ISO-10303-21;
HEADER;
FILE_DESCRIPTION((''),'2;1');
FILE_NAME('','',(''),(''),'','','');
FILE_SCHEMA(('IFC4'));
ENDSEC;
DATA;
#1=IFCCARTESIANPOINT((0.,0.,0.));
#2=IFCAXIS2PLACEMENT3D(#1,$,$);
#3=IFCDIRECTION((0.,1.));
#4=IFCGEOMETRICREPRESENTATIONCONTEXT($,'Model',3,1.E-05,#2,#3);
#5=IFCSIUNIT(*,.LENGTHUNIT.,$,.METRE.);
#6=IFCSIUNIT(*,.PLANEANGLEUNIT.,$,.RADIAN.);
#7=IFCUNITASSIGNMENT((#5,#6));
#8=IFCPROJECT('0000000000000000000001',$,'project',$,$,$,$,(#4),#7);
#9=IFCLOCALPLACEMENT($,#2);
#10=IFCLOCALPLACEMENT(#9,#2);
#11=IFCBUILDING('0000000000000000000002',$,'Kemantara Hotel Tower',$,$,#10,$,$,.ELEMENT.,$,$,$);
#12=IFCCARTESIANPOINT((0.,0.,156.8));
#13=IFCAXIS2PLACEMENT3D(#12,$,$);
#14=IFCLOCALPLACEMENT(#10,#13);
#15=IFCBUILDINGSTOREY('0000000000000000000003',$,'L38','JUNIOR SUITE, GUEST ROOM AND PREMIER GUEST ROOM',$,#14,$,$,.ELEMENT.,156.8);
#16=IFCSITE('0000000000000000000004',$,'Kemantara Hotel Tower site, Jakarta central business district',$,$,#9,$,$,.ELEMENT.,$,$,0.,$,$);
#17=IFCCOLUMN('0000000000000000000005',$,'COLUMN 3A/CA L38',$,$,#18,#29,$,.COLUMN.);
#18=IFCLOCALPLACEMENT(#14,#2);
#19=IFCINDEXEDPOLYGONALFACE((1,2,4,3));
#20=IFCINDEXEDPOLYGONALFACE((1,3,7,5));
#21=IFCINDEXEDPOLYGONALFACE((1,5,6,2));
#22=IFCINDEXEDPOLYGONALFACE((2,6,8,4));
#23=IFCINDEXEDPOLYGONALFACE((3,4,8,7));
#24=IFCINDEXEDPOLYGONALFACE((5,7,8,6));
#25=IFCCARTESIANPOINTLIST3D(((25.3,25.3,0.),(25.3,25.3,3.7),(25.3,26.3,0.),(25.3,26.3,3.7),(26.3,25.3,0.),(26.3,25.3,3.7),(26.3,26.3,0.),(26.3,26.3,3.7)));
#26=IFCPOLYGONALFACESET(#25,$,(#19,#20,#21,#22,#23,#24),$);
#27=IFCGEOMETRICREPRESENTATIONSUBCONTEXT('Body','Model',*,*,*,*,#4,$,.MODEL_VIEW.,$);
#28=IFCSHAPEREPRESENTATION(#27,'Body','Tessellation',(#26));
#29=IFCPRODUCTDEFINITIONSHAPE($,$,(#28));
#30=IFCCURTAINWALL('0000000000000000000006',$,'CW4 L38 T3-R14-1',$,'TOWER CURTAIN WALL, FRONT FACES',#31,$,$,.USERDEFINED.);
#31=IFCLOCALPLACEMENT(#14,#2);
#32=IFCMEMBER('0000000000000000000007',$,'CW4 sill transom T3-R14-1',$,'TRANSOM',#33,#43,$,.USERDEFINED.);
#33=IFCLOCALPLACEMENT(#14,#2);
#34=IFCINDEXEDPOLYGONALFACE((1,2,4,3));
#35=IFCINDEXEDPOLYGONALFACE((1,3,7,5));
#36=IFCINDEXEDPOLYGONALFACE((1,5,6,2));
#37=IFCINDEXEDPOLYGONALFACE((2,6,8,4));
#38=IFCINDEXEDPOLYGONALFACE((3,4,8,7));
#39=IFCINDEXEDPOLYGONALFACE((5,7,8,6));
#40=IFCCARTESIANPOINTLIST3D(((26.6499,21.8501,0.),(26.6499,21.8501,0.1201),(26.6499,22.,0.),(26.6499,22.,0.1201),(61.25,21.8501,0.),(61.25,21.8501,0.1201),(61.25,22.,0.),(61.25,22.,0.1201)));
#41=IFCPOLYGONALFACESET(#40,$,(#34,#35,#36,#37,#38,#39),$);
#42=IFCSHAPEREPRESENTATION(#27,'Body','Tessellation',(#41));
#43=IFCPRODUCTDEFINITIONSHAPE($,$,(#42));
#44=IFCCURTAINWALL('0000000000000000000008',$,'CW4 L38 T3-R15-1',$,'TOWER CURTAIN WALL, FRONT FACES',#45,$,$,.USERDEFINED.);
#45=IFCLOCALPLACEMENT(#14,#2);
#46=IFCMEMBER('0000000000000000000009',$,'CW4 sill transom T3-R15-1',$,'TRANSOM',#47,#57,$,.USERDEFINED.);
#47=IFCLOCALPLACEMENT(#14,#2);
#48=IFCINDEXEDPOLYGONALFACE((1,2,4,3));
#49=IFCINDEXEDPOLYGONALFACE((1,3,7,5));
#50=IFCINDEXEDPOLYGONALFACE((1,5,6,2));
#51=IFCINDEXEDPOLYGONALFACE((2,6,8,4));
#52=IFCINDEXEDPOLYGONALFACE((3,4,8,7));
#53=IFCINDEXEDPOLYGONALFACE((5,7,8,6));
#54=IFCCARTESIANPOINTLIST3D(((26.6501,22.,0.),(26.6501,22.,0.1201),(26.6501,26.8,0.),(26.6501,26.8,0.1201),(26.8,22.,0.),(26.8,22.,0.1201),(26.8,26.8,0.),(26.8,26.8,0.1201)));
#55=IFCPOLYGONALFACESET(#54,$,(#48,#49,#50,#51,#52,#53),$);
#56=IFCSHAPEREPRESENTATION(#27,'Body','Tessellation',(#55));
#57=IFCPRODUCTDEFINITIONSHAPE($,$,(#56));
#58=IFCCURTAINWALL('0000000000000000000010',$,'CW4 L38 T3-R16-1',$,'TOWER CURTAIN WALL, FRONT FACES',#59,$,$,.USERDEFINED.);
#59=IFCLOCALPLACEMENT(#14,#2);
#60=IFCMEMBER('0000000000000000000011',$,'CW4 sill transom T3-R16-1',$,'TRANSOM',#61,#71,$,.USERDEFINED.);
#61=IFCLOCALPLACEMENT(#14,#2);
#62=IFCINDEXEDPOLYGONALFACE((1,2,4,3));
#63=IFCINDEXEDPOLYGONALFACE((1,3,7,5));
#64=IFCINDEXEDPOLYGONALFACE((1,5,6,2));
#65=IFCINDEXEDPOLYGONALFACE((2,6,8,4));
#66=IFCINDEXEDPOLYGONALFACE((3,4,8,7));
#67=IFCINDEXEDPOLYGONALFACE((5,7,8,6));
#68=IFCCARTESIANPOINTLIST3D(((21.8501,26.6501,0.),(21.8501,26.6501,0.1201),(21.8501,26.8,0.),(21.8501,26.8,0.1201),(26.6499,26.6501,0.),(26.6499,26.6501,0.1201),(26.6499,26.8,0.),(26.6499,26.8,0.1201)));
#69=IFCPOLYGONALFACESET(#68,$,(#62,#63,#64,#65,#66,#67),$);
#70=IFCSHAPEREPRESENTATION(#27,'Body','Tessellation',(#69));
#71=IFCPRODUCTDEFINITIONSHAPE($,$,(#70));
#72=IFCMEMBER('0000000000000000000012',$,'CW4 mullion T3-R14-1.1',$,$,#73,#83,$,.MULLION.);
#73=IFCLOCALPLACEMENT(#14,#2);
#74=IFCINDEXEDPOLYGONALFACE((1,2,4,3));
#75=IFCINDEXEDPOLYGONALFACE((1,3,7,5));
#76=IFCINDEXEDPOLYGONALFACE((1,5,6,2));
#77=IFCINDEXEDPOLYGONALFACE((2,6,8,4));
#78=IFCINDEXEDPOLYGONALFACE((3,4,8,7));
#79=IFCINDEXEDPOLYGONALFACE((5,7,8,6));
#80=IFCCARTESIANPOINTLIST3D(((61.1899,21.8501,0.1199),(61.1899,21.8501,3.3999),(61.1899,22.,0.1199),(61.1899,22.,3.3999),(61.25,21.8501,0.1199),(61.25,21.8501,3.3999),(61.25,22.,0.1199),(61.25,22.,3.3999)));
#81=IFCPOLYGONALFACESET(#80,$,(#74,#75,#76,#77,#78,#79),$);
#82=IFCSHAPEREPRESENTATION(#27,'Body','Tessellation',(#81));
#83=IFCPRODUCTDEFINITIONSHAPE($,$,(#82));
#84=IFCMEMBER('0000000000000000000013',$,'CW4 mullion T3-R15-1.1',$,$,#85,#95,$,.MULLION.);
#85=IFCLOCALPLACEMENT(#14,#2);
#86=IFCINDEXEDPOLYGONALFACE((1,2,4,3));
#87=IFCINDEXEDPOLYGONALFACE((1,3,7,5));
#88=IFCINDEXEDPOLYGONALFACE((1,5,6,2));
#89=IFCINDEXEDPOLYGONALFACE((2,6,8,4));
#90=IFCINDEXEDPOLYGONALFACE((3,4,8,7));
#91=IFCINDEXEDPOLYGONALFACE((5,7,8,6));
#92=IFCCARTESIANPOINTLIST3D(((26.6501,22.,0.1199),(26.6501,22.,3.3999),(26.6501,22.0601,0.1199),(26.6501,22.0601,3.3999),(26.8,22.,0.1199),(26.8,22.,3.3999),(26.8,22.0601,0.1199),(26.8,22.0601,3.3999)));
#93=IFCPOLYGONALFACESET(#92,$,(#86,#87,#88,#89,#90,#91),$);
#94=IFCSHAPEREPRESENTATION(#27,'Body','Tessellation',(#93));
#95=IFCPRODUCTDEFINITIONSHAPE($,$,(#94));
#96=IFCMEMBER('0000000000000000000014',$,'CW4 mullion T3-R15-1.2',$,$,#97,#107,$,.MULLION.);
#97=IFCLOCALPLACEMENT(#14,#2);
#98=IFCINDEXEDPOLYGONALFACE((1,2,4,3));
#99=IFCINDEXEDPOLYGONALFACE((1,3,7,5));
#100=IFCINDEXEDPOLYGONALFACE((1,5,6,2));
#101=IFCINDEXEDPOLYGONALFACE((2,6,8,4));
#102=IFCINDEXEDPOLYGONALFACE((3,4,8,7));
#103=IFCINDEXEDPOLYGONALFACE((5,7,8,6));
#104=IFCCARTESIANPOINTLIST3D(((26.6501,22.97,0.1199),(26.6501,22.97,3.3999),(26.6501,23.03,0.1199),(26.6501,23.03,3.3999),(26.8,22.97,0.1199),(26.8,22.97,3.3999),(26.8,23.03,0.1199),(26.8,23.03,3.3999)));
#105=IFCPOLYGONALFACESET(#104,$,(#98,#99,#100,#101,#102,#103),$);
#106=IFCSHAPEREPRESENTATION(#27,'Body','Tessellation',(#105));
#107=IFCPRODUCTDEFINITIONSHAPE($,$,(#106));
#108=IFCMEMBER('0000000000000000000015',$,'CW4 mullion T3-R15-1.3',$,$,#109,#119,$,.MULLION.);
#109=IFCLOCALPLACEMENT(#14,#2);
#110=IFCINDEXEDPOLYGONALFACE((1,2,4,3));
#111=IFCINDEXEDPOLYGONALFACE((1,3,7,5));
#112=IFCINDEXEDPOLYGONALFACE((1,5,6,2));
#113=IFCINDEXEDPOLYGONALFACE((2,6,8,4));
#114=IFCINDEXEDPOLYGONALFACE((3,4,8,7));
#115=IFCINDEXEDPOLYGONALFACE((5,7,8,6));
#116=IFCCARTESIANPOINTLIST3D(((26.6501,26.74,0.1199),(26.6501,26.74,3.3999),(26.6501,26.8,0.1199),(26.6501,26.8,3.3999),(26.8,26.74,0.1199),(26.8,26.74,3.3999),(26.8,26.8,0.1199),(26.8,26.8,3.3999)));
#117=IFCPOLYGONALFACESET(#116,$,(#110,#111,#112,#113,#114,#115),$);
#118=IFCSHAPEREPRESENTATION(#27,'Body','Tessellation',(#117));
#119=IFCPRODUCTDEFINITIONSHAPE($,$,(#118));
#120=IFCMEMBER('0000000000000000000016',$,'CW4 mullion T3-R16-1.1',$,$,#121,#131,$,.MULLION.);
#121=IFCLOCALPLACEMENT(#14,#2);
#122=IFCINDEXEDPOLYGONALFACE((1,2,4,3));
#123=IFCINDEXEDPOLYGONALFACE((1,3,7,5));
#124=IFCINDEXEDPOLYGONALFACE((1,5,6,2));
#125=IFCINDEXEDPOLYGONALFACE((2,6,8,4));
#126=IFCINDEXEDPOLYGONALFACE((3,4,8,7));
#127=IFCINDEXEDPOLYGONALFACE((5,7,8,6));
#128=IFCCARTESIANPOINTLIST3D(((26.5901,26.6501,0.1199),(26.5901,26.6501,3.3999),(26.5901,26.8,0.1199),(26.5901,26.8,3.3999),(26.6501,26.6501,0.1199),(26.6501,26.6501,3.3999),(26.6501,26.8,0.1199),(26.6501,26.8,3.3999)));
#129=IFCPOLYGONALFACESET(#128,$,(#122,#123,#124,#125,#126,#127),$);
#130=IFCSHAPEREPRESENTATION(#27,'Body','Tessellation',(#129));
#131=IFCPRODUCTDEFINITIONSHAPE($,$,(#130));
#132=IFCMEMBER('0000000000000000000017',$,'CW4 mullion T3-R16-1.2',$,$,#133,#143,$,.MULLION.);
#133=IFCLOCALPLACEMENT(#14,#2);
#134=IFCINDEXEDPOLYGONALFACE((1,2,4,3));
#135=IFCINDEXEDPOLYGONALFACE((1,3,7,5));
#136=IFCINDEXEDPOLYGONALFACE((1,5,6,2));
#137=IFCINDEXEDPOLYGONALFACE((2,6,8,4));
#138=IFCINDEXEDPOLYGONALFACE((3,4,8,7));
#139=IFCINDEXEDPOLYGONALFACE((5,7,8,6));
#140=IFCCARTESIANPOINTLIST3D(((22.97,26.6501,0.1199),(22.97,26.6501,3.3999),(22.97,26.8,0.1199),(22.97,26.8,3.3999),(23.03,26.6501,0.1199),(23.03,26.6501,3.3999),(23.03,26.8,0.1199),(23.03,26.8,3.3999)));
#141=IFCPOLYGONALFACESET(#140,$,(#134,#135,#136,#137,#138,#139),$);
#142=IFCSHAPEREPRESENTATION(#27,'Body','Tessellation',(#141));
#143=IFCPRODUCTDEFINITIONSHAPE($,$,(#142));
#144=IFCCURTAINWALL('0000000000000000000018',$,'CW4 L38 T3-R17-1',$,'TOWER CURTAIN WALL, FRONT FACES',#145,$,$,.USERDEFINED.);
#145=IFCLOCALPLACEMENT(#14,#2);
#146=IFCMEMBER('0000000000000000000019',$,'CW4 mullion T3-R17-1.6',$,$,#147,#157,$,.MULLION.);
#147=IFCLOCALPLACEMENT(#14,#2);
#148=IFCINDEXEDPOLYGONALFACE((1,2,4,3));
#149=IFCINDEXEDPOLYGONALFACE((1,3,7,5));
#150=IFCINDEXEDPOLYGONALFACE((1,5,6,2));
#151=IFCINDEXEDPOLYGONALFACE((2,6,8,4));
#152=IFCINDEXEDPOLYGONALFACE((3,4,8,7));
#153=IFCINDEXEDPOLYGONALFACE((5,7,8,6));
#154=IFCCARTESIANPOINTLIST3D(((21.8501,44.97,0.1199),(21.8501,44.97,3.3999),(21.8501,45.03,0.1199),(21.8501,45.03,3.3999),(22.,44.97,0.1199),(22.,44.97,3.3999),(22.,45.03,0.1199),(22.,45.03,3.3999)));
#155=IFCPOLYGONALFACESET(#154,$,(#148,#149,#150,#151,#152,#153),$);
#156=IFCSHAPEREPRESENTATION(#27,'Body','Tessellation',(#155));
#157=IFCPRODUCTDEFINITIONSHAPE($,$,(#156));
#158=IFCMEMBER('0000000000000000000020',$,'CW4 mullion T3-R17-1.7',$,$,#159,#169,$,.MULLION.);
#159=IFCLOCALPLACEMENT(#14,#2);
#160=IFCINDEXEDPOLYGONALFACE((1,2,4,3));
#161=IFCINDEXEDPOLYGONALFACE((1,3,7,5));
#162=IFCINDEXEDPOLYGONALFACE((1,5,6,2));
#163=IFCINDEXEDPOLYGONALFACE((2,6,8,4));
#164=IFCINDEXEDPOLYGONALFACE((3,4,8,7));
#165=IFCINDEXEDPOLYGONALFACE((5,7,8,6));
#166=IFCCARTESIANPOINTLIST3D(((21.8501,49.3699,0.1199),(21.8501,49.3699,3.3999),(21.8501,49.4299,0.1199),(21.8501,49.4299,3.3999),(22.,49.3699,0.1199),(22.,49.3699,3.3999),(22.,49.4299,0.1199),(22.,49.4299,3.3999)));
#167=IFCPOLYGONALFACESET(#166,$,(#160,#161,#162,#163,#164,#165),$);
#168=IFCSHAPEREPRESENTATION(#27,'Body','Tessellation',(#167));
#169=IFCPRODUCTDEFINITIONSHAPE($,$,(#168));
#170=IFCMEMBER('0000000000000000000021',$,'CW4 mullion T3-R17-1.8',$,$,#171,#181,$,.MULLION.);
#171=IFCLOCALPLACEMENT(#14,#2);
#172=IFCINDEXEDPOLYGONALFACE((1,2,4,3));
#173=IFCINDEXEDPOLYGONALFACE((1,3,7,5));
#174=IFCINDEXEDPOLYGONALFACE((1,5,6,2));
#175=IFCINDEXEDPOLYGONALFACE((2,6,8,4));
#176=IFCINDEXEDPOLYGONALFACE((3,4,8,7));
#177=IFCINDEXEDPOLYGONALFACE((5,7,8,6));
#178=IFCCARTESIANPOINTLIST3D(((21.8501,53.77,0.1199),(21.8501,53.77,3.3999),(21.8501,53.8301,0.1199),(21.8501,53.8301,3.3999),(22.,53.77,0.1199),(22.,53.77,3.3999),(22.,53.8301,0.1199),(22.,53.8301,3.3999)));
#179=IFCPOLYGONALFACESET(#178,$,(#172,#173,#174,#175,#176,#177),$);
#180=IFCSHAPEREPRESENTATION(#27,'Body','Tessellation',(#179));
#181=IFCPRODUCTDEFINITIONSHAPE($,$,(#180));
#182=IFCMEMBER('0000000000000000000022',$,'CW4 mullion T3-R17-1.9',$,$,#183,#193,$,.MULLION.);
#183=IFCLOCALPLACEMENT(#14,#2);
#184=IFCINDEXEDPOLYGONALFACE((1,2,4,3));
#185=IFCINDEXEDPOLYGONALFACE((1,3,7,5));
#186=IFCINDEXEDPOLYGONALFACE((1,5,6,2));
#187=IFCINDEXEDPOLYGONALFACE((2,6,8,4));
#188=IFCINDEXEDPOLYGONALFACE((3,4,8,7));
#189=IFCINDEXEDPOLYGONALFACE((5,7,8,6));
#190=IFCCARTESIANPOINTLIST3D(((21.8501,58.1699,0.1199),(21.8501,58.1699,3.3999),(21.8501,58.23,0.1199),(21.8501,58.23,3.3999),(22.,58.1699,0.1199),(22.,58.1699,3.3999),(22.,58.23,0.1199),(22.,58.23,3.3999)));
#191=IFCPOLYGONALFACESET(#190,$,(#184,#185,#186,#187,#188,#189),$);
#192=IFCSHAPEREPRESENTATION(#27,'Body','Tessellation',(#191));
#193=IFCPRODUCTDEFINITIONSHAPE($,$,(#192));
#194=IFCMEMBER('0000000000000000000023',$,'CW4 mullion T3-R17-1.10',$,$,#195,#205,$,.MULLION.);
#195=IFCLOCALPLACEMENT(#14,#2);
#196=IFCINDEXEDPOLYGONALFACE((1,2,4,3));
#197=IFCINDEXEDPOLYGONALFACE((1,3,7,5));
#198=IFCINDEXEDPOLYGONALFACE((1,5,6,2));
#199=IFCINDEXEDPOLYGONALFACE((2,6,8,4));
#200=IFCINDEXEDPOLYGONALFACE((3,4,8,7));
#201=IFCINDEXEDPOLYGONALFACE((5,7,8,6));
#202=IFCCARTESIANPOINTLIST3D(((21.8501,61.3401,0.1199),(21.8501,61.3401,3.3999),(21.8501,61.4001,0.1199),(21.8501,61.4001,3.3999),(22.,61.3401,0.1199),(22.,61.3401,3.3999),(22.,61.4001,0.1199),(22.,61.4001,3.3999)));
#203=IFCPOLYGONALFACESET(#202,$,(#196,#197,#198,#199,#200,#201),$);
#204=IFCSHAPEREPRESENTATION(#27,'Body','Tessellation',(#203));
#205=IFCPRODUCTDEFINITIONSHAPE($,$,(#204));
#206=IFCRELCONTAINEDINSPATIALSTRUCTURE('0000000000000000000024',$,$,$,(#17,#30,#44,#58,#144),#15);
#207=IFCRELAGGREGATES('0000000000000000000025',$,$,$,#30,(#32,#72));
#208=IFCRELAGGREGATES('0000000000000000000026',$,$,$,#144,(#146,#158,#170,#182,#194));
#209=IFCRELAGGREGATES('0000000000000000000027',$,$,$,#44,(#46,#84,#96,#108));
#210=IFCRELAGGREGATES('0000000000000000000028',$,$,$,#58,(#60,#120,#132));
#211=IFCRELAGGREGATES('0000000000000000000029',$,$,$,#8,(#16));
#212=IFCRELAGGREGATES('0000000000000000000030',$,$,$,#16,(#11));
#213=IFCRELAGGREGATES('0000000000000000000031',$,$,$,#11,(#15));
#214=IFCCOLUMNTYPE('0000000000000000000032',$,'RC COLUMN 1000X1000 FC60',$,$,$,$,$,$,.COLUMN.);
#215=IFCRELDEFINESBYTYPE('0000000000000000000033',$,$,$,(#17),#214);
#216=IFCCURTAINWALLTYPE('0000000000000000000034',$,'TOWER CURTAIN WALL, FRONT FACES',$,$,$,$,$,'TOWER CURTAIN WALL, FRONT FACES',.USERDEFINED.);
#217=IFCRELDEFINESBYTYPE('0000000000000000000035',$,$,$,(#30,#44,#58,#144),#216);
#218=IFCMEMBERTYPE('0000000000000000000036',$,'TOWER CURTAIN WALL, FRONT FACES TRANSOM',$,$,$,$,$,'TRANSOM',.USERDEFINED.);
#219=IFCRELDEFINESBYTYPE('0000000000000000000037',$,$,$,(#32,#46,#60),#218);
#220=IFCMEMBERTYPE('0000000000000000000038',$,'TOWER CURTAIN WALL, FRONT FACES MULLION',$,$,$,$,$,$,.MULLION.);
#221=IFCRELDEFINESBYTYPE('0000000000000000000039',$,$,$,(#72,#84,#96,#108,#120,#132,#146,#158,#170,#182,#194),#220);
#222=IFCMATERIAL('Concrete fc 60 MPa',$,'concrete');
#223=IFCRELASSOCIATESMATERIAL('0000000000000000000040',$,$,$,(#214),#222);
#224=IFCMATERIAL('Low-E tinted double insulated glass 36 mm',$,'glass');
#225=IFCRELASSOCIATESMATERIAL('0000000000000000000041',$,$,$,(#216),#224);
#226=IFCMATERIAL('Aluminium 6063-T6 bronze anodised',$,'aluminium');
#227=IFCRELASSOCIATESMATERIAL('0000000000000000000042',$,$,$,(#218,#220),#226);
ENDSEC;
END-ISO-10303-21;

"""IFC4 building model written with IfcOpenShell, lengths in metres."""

from ifc_helpers import new_model, si_unit, direction, frame, origin, origin_2d, place, context, subcontext, project, spatial, rectangle, extrude, source, transform, mapped, material, material_profile, profile_set, type_object, element, aggregate, save


model = new_model("IFC4")

# Units and contexts
model_context = context("Model", 3, precision=1e-05, world=origin(), true_north=direction((0.0, 1.0)))
body_context = subcontext(model_context, "Body", "Model", "MODEL_VIEW")
ifc_project = project(units=[si_unit("LENGTHUNIT", "METRE"), si_unit("PLANEANGLEUNIT", "RADIAN")], contexts=[model_context])

# Site, building, storey
site_placement = place(None, origin())
site = spatial("IfcSite", under=ifc_project, at=site_placement, Name="Kemantara Hotel Tower site, Jakarta central business district", CompositionType="ELEMENT", RefElevation=0.0)
building_placement = place(site_placement, origin())
building = spatial("IfcBuilding", under=site, at=building_placement, Name="Kemantara Hotel Tower", CompositionType="ELEMENT")
storey_placement = place(building_placement, frame((0.0, 0.0, 156.8)))
storey = spatial("IfcBuildingStorey", under=building, at=storey_placement, Name="L38", Description="JUNIOR SUITE, GUEST ROOM AND PREMIER GUEST ROOM", CompositionType="ELEMENT", Elevation=156.8)

# Column
ifc_material_1 = material(Name="Concrete fc 60 MPa", Category="concrete")
ifc_material_profile_1 = material_profile(ifc_material_1, rectangle(XDim=1.0, YDim=1.0, at=origin_2d()), Name="RC 1000X1000")
ifc_profile_set_1 = profile_set([ifc_material_profile_1], Name="Concrete fc 60 MPa")
column_type = type_object("IfcColumnType", Name="RC COLUMN 1000X1000 FC60", PredefinedType="COLUMN", material=ifc_profile_set_1)
column_placement = place(storey_placement, frame((25.8, 25.8, 0.0), z_axis=(0.0, 0.0, 1.0), x_axis=(1.0, 0.0, 0.0)))
element("IfcColumn", 1, at=column_placement, inside=storey, type_object=column_type, Name="COLUMN 3A/CA L38", PredefinedType="COLUMN", context=body_context, shape_type="SweptSolid", body=[
    extrude(rectangle(XDim=1.0, YDim=1.0, at=origin_2d()), origin(), (0.0, 0.0, 1.0), 3.7),
])

# Curtain walls, members
ifc_material_2 = material(Name="Low-E tinted double insulated glass 36 mm", Category="glass")
curtain_wall_type = type_object("IfcCurtainWallType", Name="TOWER CURTAIN WALL, FRONT FACES", ElementType="TOWER CURTAIN WALL, FRONT FACES", PredefinedType="USERDEFINED", material=ifc_material_2)
curtain_wall_1_placement = place(storey_placement, origin())
curtain_wall_1 = element("IfcCurtainWall", 2, at=curtain_wall_1_placement, inside=storey, type_object=curtain_wall_type, Name="CW4 L38 T3-R14-1", ObjectType="TOWER CURTAIN WALL, FRONT FACES", PredefinedType="USERDEFINED")
ifc_material_3 = material(Name="Aluminium 6063-T6 bronze anodised", Category="aluminium")
ifc_material_profile_2 = material_profile(ifc_material_3, rectangle(XDim=0.1499, YDim=0.1201, at=origin_2d()), Name="TOWER CURTAIN WALL, FRONT FACES TRANSOM")
ifc_profile_set_2 = profile_set([ifc_material_profile_2], Name="Aluminium 6063-T6 bronze anodised")
member_type_1 = type_object("IfcMemberType", Name="TOWER CURTAIN WALL, FRONT FACES TRANSOM", ElementType="TRANSOM", PredefinedType="USERDEFINED", material=ifc_profile_set_2)
member_1_placement = place(storey_placement, frame((61.25, 21.925, 0.0601), z_axis=(-1.0, 0.0, 0.0), x_axis=(0.0, -1.0, 0.0)))
member_1 = element("IfcMember", 3, at=member_1_placement, type_object=member_type_1, Name="CW4 sill transom T3-R14-1", ObjectType="TRANSOM", PredefinedType="USERDEFINED", context=body_context, shape_type="SweptSolid", body=[
    extrude(rectangle(XDim=0.1499, YDim=0.1201, at=origin_2d()), origin(), (0.0, 0.0, 1.0), 34.6001),
])
curtain_wall_2_placement = place(storey_placement, origin())
curtain_wall_2 = element("IfcCurtainWall", 4, at=curtain_wall_2_placement, inside=storey, type_object=curtain_wall_type, Name="CW4 L38 T3-R15-1", ObjectType="TOWER CURTAIN WALL, FRONT FACES", PredefinedType="USERDEFINED")
member_2_placement = place(storey_placement, frame((26.7251, 22.0, 0.0601), z_axis=(0.0, 1.0, 0.0), x_axis=(-1.0, 0.0, 0.0)))
member_2 = element("IfcMember", 5, at=member_2_placement, type_object=member_type_1, Name="CW4 sill transom T3-R15-1", ObjectType="TRANSOM", PredefinedType="USERDEFINED", context=body_context, shape_type="SweptSolid", body=[
    extrude(rectangle(XDim=0.1499, YDim=0.1201, at=origin_2d()), origin(), (0.0, 0.0, 1.0), 4.8),
])
curtain_wall_3_placement = place(storey_placement, origin())
curtain_wall_3 = element("IfcCurtainWall", 6, at=curtain_wall_3_placement, inside=storey, type_object=curtain_wall_type, Name="CW4 L38 T3-R16-1", ObjectType="TOWER CURTAIN WALL, FRONT FACES", PredefinedType="USERDEFINED")
member_3_placement = place(storey_placement, frame((26.6499, 26.7251, 0.0601), z_axis=(-1.0, 0.0, 0.0), x_axis=(0.0, -1.0, 0.0)))
member_3 = element("IfcMember", 7, at=member_3_placement, type_object=member_type_1, Name="CW4 sill transom T3-R16-1", ObjectType="TRANSOM", PredefinedType="USERDEFINED", context=body_context, shape_type="SweptSolid", body=[
    extrude(rectangle(XDim=0.1499, YDim=0.1201, at=origin_2d()), origin(), (0.0, 0.0, 1.0), 4.7998),
])

# Members
ifc_material_profile_3 = material_profile(ifc_material_3, rectangle(XDim=0.1499, YDim=0.0601, at=origin_2d()), Name="TOWER CURTAIN WALL, FRONT FACES MULLION")
ifc_profile_set_3 = profile_set([ifc_material_profile_3], Name="Aluminium 6063-T6 bronze anodised")
member_type_2 = type_object("IfcMemberType", Name="TOWER CURTAIN WALL, FRONT FACES MULLION", PredefinedType="MULLION", material=ifc_profile_set_3)
shared_shape_1 = source(origin(), body_context, "Body", "SweptSolid", [
    extrude(rectangle(XDim=0.1499, YDim=0.0601, at=origin_2d()), origin(), (0.0, 0.0, 1.0), 3.28),
])
member_4_placement = place(storey_placement, frame((61.22, 21.925, 0.1199), z_axis=(0.0, 0.0, 1.0), x_axis=(0.0, -1.0, 0.0)))
member_4 = element("IfcMember", 8, at=member_4_placement, type_object=member_type_2, Name="CW4 mullion T3-R14-1.1", PredefinedType="MULLION", context=body_context, shape_type="MappedRepresentation", body=[
    mapped(shared_shape_1, transform((0.0, 0.0, 0.0))),
])
member_5_placement = place(storey_placement, frame((26.7251, 22.03, 0.1199), z_axis=(0.0, 0.0, 1.0), x_axis=(-1.0, 0.0, 0.0)))
member_5 = element("IfcMember", 9, at=member_5_placement, type_object=member_type_2, Name="CW4 mullion T3-R15-1.1", PredefinedType="MULLION", context=body_context, shape_type="MappedRepresentation", body=[
    mapped(shared_shape_1, transform((0.0, 0.0, 0.0))),
])
member_6_placement = place(storey_placement, frame((26.7251, 23.0, 0.1199), z_axis=(0.0, 0.0, 1.0), x_axis=(-1.0, 0.0, 0.0)))
member_6 = element("IfcMember", 10, at=member_6_placement, type_object=member_type_2, Name="CW4 mullion T3-R15-1.2", PredefinedType="MULLION", context=body_context, shape_type="MappedRepresentation", body=[
    mapped(shared_shape_1, transform((0.0, 0.0, 0.0))),
])
member_7_placement = place(storey_placement, frame((26.7251, 26.77, 0.1199), z_axis=(0.0, 0.0, 1.0), x_axis=(-1.0, 0.0, 0.0)))
member_7 = element("IfcMember", 11, at=member_7_placement, type_object=member_type_2, Name="CW4 mullion T3-R15-1.3", PredefinedType="MULLION", context=body_context, shape_type="MappedRepresentation", body=[
    mapped(shared_shape_1, transform((0.0, 0.0, 0.0))),
])
member_8_placement = place(storey_placement, frame((26.6201, 26.7251, 0.1199), z_axis=(0.0, 0.0, 1.0), x_axis=(0.0, -1.0, 0.0)))
member_8 = element("IfcMember", 12, at=member_8_placement, type_object=member_type_2, Name="CW4 mullion T3-R16-1.1", PredefinedType="MULLION", context=body_context, shape_type="MappedRepresentation", body=[
    mapped(shared_shape_1, transform((0.0, 0.0, 0.0))),
])
member_9_placement = place(storey_placement, frame((23.0, 26.7251, 0.1199), z_axis=(0.0, 0.0, 1.0), x_axis=(0.0, -1.0, 0.0)))
member_9 = element("IfcMember", 13, at=member_9_placement, type_object=member_type_2, Name="CW4 mullion T3-R16-1.2", PredefinedType="MULLION", context=body_context, shape_type="MappedRepresentation", body=[
    mapped(shared_shape_1, transform((0.0, 0.0, 0.0))),
])

# Curtain wall, members
curtain_wall_4_placement = place(storey_placement, origin())
curtain_wall_4 = element("IfcCurtainWall", 14, at=curtain_wall_4_placement, inside=storey, type_object=curtain_wall_type, Name="CW4 L38 T3-R17-1", ObjectType="TOWER CURTAIN WALL, FRONT FACES", PredefinedType="USERDEFINED")
member_10_placement = place(storey_placement, frame((21.925, 45.0, 0.1199), z_axis=(0.0, 0.0, 1.0), x_axis=(-1.0, 0.0, 0.0)))
member_10 = element("IfcMember", 15, at=member_10_placement, type_object=member_type_2, Name="CW4 mullion T3-R17-1.6", PredefinedType="MULLION", context=body_context, shape_type="MappedRepresentation", body=[
    mapped(shared_shape_1, transform((0.0, 0.0, 0.0))),
])
member_11_placement = place(storey_placement, frame((21.925, 49.3999, 0.1199), z_axis=(0.0, 0.0, 1.0), x_axis=(-1.0, 0.0, 0.0)))
member_11 = element("IfcMember", 16, at=member_11_placement, type_object=member_type_2, Name="CW4 mullion T3-R17-1.7", PredefinedType="MULLION", context=body_context, shape_type="MappedRepresentation", body=[
    mapped(shared_shape_1, transform((0.0, 0.0, 0.0))),
])
member_12_placement = place(storey_placement, frame((21.925, 53.8, 0.1199), z_axis=(0.0, 0.0, 1.0), x_axis=(-1.0, 0.0, 0.0)))
member_12 = element("IfcMember", 17, at=member_12_placement, type_object=member_type_2, Name="CW4 mullion T3-R17-1.8", PredefinedType="MULLION", context=body_context, shape_type="MappedRepresentation", body=[
    mapped(shared_shape_1, transform((0.0, 0.0, 0.0))),
])
member_13_placement = place(storey_placement, frame((21.925, 58.2, 0.1199), z_axis=(0.0, 0.0, 1.0), x_axis=(-1.0, 0.0, 0.0)))
member_13 = element("IfcMember", 18, at=member_13_placement, type_object=member_type_2, Name="CW4 mullion T3-R17-1.9", PredefinedType="MULLION", context=body_context, shape_type="MappedRepresentation", body=[
    mapped(shared_shape_1, transform((0.0, 0.0, 0.0))),
])
member_14_placement = place(storey_placement, frame((21.925, 61.3701, 0.1199), z_axis=(0.0, 0.0, 1.0), x_axis=(-1.0, 0.0, 0.0)))
member_14 = element("IfcMember", 19, at=member_14_placement, type_object=member_type_2, Name="CW4 mullion T3-R17-1.10", PredefinedType="MULLION", context=body_context, shape_type="MappedRepresentation", body=[
    mapped(shared_shape_1, transform((0.0, 0.0, 0.0))),
])

aggregate(curtain_wall_1, [member_1, member_4])
aggregate(curtain_wall_4, [member_10, member_11, member_12, member_13, member_14])
aggregate(curtain_wall_2, [member_2, member_5, member_6, member_7])
aggregate(curtain_wall_3, [member_3, member_8, member_9])

save(model, "model.ifc")
